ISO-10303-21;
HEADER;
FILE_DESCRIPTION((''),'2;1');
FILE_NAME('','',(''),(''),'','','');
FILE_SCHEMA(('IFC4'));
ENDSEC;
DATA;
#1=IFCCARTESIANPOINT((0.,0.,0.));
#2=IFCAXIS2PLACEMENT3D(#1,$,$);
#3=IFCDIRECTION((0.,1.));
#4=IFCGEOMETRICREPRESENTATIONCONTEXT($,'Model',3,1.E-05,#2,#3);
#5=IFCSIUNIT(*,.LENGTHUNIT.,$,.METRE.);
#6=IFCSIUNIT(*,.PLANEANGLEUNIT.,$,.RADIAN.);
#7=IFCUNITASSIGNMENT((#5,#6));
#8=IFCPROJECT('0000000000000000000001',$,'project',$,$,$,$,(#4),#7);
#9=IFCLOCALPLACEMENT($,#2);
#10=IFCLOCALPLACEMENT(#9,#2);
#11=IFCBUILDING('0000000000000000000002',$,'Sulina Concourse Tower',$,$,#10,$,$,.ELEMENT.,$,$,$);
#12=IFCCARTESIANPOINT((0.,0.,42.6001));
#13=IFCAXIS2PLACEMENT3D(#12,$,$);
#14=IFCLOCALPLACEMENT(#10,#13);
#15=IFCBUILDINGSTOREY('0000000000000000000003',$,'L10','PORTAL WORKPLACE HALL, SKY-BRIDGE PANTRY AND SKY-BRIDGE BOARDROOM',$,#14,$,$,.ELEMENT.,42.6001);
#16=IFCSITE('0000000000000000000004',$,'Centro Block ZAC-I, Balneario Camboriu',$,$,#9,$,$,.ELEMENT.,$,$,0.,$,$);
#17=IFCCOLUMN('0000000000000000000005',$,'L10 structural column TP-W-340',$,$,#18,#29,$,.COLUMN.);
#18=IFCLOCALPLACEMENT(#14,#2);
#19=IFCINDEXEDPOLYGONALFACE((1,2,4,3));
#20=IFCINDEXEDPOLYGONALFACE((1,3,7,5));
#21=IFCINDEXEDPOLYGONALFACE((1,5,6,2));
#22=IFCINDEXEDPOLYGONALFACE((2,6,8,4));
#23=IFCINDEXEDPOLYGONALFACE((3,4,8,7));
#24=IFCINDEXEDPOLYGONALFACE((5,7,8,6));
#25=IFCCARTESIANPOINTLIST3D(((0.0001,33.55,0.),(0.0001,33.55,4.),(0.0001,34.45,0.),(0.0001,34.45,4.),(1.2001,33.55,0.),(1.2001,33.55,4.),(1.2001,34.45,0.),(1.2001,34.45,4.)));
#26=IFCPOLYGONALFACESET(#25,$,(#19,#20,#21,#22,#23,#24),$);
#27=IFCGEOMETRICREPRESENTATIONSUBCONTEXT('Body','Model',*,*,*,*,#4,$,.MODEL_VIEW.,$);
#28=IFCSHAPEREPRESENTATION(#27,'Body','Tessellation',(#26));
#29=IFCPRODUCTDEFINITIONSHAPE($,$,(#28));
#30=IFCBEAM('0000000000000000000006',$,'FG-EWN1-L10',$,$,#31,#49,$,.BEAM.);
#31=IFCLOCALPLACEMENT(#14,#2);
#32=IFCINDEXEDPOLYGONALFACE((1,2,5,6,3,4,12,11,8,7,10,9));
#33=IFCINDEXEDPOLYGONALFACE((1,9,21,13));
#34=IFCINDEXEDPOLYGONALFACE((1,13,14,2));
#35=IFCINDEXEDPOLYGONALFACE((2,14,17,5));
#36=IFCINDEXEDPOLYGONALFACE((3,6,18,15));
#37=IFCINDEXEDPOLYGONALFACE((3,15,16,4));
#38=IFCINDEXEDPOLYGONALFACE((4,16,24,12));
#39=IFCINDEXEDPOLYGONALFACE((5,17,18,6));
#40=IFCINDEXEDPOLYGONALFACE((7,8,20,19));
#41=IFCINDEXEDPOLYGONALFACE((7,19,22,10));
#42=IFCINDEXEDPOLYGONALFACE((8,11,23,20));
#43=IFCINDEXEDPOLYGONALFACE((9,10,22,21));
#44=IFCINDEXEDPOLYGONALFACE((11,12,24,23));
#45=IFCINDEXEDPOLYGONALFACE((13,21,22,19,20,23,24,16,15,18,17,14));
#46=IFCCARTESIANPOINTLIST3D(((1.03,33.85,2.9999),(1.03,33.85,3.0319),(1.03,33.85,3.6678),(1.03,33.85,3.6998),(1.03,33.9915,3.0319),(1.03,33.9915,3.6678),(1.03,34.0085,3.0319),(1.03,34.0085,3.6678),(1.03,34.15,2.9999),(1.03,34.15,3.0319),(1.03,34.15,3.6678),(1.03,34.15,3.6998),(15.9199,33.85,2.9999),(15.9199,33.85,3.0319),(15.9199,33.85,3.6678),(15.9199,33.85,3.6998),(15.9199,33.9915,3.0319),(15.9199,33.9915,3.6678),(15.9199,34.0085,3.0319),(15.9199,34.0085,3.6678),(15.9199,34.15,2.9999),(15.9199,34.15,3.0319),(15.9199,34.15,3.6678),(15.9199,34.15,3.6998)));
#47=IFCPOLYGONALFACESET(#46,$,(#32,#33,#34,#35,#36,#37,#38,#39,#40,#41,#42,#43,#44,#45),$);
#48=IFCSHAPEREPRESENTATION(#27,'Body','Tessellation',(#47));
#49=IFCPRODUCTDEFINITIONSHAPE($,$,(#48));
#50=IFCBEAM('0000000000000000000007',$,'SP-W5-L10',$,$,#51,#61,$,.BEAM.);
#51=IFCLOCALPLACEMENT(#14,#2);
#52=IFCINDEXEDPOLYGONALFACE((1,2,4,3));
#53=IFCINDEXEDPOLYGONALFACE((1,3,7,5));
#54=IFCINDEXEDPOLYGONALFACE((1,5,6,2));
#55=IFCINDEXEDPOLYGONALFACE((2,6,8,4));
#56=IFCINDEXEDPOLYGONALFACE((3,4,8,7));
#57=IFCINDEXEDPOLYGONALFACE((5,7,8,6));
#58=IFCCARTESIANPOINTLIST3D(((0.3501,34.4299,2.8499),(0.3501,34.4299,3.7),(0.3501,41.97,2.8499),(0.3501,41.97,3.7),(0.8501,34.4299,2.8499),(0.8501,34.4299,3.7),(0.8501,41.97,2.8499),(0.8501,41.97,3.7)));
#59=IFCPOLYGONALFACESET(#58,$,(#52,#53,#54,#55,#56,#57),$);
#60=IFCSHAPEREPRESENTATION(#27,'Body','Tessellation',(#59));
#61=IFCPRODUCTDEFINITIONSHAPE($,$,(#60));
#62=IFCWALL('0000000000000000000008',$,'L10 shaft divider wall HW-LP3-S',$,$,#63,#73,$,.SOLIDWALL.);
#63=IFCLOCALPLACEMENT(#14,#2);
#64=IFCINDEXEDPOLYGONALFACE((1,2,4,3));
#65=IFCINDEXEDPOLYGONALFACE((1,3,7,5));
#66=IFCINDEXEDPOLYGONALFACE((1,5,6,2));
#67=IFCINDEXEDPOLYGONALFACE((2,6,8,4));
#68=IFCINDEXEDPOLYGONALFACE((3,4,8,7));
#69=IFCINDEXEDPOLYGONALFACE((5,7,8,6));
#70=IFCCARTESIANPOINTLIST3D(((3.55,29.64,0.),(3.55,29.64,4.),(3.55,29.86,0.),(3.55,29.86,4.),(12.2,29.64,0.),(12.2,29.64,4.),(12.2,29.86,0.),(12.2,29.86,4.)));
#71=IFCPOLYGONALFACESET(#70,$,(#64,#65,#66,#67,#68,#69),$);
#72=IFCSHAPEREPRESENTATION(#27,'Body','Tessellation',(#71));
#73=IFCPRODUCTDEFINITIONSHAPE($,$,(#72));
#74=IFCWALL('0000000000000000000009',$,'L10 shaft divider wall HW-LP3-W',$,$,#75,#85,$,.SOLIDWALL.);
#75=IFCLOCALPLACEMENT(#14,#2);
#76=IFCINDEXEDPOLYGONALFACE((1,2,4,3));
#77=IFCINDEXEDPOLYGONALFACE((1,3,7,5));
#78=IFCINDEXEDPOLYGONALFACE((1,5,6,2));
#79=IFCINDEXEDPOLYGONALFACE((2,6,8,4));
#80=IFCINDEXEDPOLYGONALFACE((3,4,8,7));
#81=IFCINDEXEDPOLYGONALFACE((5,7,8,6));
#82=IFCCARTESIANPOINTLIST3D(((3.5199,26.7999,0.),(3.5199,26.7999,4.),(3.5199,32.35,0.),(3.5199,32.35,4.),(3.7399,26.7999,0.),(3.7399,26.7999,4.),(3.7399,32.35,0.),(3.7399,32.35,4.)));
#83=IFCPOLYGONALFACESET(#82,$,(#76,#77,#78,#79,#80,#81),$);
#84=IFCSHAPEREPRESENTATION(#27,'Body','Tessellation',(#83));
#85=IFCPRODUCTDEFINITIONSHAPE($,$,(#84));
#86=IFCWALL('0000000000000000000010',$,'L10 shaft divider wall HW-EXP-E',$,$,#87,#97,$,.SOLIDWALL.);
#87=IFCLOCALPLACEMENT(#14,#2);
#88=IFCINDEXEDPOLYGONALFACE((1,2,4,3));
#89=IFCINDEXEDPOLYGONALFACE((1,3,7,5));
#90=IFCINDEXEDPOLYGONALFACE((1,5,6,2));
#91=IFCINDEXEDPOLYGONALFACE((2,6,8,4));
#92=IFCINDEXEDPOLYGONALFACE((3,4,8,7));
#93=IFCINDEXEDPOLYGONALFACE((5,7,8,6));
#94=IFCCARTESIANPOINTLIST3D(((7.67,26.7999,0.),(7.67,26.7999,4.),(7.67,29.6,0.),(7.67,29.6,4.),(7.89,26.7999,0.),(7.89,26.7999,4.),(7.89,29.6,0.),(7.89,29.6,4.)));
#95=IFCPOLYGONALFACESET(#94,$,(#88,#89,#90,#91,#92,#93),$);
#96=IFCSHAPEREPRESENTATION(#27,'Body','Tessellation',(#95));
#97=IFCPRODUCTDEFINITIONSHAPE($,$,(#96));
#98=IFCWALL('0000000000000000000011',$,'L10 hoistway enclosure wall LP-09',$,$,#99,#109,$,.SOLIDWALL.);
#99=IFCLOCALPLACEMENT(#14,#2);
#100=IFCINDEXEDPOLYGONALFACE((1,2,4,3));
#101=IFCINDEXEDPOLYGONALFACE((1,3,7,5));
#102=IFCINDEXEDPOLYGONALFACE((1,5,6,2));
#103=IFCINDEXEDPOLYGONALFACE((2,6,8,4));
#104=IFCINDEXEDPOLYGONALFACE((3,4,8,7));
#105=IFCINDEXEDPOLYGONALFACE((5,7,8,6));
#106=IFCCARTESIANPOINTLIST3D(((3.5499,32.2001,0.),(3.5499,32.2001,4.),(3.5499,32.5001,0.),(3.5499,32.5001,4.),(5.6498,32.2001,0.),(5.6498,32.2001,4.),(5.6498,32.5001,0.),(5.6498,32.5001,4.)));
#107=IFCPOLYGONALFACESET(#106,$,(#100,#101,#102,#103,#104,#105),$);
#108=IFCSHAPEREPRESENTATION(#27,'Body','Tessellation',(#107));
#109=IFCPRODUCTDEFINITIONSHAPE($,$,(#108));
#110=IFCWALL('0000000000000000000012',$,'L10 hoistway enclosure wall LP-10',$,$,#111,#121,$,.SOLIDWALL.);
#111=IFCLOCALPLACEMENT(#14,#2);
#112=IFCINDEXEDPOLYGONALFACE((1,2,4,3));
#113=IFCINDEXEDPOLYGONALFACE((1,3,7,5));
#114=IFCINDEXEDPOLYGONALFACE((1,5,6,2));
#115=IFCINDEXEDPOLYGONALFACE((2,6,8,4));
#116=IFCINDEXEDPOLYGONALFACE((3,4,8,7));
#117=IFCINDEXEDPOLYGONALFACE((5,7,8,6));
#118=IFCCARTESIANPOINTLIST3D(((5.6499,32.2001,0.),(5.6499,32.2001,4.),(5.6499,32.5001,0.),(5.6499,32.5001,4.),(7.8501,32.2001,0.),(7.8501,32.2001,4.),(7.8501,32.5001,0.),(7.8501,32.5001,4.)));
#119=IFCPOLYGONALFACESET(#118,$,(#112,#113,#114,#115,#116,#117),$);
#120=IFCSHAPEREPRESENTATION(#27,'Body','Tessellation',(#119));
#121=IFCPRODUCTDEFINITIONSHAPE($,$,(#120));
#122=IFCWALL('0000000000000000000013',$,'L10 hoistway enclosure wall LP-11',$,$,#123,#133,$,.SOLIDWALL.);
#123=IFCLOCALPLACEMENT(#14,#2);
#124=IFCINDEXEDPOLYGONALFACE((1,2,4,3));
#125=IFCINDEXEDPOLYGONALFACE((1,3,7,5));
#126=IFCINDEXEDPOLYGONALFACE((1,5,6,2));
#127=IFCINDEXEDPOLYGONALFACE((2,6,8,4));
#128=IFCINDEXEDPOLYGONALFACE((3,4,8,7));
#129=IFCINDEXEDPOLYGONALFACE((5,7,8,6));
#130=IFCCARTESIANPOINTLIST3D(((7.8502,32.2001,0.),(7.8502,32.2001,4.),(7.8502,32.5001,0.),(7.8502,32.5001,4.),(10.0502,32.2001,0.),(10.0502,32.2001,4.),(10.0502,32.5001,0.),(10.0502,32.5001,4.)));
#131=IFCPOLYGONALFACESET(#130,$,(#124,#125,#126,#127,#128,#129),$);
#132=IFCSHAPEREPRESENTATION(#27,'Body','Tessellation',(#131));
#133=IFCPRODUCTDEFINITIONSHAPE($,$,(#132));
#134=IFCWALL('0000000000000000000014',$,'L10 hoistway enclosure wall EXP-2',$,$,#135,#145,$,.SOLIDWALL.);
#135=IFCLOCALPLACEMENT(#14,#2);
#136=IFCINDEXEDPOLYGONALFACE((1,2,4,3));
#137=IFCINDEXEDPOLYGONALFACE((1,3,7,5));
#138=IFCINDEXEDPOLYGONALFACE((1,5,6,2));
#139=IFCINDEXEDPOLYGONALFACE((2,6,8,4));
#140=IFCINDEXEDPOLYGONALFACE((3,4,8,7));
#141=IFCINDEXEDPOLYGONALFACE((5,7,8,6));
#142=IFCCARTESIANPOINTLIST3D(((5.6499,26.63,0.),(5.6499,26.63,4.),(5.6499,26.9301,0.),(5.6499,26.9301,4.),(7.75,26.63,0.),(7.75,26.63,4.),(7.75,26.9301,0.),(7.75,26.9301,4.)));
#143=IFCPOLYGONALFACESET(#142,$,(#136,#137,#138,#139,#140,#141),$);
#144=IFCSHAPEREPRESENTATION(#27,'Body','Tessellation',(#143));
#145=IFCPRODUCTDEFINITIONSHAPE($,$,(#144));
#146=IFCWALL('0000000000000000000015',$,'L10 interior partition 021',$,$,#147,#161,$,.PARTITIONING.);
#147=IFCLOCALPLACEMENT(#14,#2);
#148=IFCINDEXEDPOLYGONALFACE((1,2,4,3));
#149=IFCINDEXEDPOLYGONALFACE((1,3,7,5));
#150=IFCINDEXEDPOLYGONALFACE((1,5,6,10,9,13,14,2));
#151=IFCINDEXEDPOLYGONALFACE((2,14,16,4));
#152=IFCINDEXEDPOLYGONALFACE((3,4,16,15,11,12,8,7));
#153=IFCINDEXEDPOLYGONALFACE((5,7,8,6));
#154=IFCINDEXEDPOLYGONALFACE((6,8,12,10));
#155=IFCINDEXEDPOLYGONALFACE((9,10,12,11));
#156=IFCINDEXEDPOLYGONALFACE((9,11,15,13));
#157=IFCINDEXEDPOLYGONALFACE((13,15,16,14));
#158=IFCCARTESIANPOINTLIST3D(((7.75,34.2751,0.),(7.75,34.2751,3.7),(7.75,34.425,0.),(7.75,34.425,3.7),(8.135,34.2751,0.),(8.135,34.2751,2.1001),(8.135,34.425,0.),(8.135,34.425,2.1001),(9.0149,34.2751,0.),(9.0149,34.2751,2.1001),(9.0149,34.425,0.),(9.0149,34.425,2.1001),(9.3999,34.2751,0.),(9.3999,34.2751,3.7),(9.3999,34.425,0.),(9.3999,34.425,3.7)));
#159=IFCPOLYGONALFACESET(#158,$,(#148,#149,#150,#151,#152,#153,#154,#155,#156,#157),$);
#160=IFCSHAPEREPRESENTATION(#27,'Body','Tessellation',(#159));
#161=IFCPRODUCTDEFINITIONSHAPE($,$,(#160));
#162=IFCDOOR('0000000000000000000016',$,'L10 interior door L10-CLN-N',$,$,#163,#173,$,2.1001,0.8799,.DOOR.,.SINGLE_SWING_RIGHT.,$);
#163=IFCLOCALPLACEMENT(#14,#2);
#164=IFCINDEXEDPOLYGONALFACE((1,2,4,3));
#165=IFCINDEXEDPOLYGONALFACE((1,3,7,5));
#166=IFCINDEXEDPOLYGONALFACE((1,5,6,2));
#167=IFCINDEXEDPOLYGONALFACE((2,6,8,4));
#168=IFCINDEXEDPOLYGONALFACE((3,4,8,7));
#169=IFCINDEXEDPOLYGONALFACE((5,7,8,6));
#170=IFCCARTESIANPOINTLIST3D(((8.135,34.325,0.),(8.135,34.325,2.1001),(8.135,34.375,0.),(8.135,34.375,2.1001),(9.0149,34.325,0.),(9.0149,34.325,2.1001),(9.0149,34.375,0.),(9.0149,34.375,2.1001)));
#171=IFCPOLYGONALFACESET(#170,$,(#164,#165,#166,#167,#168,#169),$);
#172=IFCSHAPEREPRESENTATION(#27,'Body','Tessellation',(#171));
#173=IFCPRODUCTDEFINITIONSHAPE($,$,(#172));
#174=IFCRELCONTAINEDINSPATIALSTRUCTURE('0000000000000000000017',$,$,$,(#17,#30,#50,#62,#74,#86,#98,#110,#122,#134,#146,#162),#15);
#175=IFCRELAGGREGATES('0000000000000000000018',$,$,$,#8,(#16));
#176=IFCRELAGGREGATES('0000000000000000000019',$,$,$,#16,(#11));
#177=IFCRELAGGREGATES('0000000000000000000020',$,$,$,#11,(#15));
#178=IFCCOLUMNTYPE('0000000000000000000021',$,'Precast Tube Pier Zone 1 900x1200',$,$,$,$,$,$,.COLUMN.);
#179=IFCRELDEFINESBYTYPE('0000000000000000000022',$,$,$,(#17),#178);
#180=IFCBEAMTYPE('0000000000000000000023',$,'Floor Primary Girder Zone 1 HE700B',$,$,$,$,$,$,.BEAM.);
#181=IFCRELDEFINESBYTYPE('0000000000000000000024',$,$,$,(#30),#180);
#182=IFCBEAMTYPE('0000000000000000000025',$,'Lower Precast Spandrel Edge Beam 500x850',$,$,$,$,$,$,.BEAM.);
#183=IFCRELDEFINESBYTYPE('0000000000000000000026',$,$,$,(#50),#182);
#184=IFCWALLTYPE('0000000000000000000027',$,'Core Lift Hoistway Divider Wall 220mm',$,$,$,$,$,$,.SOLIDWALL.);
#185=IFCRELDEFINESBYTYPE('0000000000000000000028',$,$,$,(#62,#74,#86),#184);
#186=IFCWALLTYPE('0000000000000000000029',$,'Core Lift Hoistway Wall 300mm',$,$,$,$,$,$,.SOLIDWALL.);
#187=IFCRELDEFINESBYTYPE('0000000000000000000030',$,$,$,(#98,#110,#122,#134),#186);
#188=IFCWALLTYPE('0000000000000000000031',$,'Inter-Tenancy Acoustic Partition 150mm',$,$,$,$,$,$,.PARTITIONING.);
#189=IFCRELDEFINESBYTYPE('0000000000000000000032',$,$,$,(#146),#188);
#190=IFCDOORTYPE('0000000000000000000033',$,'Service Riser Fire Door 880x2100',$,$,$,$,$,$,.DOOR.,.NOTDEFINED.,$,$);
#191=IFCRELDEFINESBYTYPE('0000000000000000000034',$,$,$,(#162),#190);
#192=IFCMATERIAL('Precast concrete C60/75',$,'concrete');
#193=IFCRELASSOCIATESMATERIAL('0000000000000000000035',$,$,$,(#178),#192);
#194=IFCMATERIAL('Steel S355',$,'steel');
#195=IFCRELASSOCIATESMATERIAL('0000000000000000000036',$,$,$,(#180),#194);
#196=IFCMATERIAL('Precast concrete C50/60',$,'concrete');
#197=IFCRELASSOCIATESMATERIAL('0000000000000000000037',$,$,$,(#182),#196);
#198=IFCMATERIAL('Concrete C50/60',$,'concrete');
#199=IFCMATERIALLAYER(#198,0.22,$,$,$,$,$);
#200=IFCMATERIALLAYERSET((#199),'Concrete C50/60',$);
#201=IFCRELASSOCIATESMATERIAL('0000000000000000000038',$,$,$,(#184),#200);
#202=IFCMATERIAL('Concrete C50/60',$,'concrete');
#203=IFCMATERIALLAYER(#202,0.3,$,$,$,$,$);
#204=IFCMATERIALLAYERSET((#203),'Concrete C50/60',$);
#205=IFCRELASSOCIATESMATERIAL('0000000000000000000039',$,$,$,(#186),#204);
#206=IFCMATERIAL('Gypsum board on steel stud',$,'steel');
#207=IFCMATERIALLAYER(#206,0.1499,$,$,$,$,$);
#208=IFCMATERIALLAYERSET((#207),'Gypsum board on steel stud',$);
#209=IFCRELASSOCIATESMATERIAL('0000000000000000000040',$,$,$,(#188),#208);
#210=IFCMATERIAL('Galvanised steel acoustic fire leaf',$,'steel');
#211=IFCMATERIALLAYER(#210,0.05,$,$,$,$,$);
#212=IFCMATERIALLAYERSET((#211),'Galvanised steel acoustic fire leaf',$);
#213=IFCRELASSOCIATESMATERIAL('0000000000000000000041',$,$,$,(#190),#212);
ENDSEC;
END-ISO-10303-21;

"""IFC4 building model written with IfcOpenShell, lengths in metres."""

from ifc_helpers import new_model, si_unit, direction, frame, frame_2d, origin, origin_2d, place, context, subcontext, project, spatial, rectangle, i_section, extrude, material, layer, layer_set, material_profile, profile_set, type_object, element, fill, save


model = new_model("IFC4")

# Units and contexts
model_context = context("Model", 3, precision=1e-05, world=origin(), true_north=direction((0.0, 1.0)))
body_context = subcontext(model_context, "Body", "Model", "MODEL_VIEW")
ifc_project = project(units=[si_unit("LENGTHUNIT", "METRE"), si_unit("PLANEANGLEUNIT", "RADIAN")], contexts=[model_context])

# Site, building, storey
site_placement = place(None, origin())
site = spatial("IfcSite", under=ifc_project, at=site_placement, Name="Centro Block ZAC-I, Balneario Camboriu", CompositionType="ELEMENT", RefElevation=0.0)
building_placement = place(site_placement, origin())
building = spatial("IfcBuilding", under=site, at=building_placement, Name="Sulina Concourse Tower", CompositionType="ELEMENT")
storey_placement = place(building_placement, frame((0.0, 0.0, 42.6001)))
storey = spatial("IfcBuildingStorey", under=building, at=storey_placement, Name="L10", Description="PORTAL WORKPLACE HALL, SKY-BRIDGE PANTRY AND SKY-BRIDGE BOARDROOM", CompositionType="ELEMENT", Elevation=42.6001)

# Column
ifc_material_1 = material(Name="Precast concrete C60/75", Category="concrete")
ifc_material_profile_1 = material_profile(ifc_material_1, rectangle(XDim=0.8999, YDim=1.2, at=origin_2d()), Name="PC 900x1200")
ifc_profile_set_1 = profile_set([ifc_material_profile_1], Name="Precast concrete C60/75")
column_type = type_object("IfcColumnType", Name="Precast Tube Pier Zone 1 900x1200", PredefinedType="COLUMN", material=ifc_profile_set_1)
column_placement = place(storey_placement, frame((0.6001, 34.0, 0.0), z_axis=(0.0, 0.0, 1.0), x_axis=(0.0, 1.0, 0.0)))
element("IfcColumn", 1, at=column_placement, inside=storey, type_object=column_type, Name="L10 structural column TP-W-340", PredefinedType="COLUMN", context=body_context, shape_type="SweptSolid", body=[
    extrude(rectangle(XDim=0.8999, YDim=1.2, at=origin_2d()), origin(), (0.0, 0.0, 1.0), 4.0),
])

# Beams
ifc_material_2 = material(Name="Steel S355", Category="steel")
ifc_material_profile_2 = material_profile(ifc_material_2, i_section(OverallWidth=0.3, OverallDepth=0.7, WebThickness=0.0171, FlangeThickness=0.032, at=origin_2d()), Name="HE 700 B")
ifc_profile_set_2 = profile_set([ifc_material_profile_2], Name="Steel S355")
beam_type_1 = type_object("IfcBeamType", Name="Floor Primary Girder Zone 1 HE700B", PredefinedType="BEAM", material=ifc_profile_set_2)
beam_1_placement = place(storey_placement, frame((1.03, 34.0, 3.3499), z_axis=(1.0, 0.0, 0.0), x_axis=(0.0, 1.0, 0.0)))
element("IfcBeam", 2, at=beam_1_placement, inside=storey, type_object=beam_type_1, Name="FG-EWN1-L10", PredefinedType="BEAM", context=body_context, shape_type="SweptSolid", body=[
    extrude(i_section(OverallWidth=0.3, OverallDepth=0.7, WebThickness=0.0171, FlangeThickness=0.032, at=origin_2d()), origin(), (0.0, 0.0, 1.0), 14.8899),
])
ifc_material_3 = material(Name="Precast concrete C50/60", Category="concrete")
ifc_material_profile_3 = material_profile(ifc_material_3, rectangle(XDim=0.5, YDim=0.8501, at=origin_2d()), Name="RC 500x850")
ifc_profile_set_3 = profile_set([ifc_material_profile_3], Name="Precast concrete C50/60")
beam_type_2 = type_object("IfcBeamType", Name="Lower Precast Spandrel Edge Beam 500x850", PredefinedType="BEAM", material=ifc_profile_set_3)
beam_2_placement = place(storey_placement, frame((0.6001, 34.4299, 3.2749), z_axis=(0.0, 1.0, 0.0), x_axis=(-1.0, 0.0, 0.0)))
element("IfcBeam", 3, at=beam_2_placement, inside=storey, type_object=beam_type_2, Name="SP-W5-L10", PredefinedType="BEAM", context=body_context, shape_type="SweptSolid", body=[
    extrude(rectangle(XDim=0.5, YDim=0.8501, at=origin_2d()), origin(), (0.0, 0.0, 1.0), 7.54),
])

# Walls
ifc_material_4 = material(Name="Concrete C50/60", Category="concrete")
ifc_layer_1 = layer(ifc_material_4, 0.22)
ifc_layer_set_1 = layer_set([ifc_layer_1], Name="Concrete C50/60")
wall_type_1 = type_object("IfcWallType", Name="Core Lift Hoistway Divider Wall 220mm", PredefinedType="SOLIDWALL", material=ifc_layer_set_1)
wall_1_placement = place(storey_placement, frame((3.55, 29.75, 0.0), z_axis=(0.0, 0.0, 1.0), x_axis=(1.0, 0.0, 0.0)))
element("IfcWall", 4, at=wall_1_placement, inside=storey, type_object=wall_type_1, Name="L10 shaft divider wall HW-LP3-S", PredefinedType="SOLIDWALL", context=body_context, shape_type="SweptSolid", body=[
    extrude(rectangle(XDim=8.6499, YDim=0.22, at=frame_2d((4.325, 0.0))), origin(), (0.0, 0.0, 1.0), 4.0),
])
wall_2_placement = place(storey_placement, frame((3.6299, 26.8, 0.0), z_axis=(0.0, 0.0, 1.0), x_axis=(0.0, 1.0, 0.0)))
element("IfcWall", 5, at=wall_2_placement, inside=storey, type_object=wall_type_1, Name="L10 shaft divider wall HW-LP3-W", PredefinedType="SOLIDWALL", context=body_context, shape_type="SweptSolid", body=[
    extrude(rectangle(XDim=5.55, YDim=0.22, at=frame_2d((2.7749, 0.0))), origin(), (0.0, 0.0, 1.0), 4.0),
])
wall_3_placement = place(storey_placement, frame((7.78, 26.8, 0.0), z_axis=(0.0, 0.0, 1.0), x_axis=(0.0, 1.0, 0.0)))
element("IfcWall", 6, at=wall_3_placement, inside=storey, type_object=wall_type_1, Name="L10 shaft divider wall HW-EXP-E", PredefinedType="SOLIDWALL", context=body_context, shape_type="SweptSolid", body=[
    extrude(rectangle(XDim=2.8, YDim=0.22, at=frame_2d((1.3999, 0.0))), origin(), (0.0, 0.0, 1.0), 4.0),
])
ifc_material_5 = material(Name="Concrete C50/60", Category="concrete")
ifc_layer_2 = layer(ifc_material_5, 0.3)
ifc_layer_set_2 = layer_set([ifc_layer_2], Name="Concrete C50/60")
wall_type_2 = type_object("IfcWallType", Name="Core Lift Hoistway Wall 300mm", PredefinedType="SOLIDWALL", material=ifc_layer_set_2)
wall_4_placement = place(storey_placement, frame((3.55, 32.3501, 0.0), z_axis=(0.0, 0.0, 1.0), x_axis=(1.0, 0.0, 0.0)))
element("IfcWall", 7, at=wall_4_placement, inside=storey, type_object=wall_type_2, Name="L10 hoistway enclosure wall LP-09", PredefinedType="SOLIDWALL", context=body_context, shape_type="SweptSolid", body=[
    extrude(rectangle(XDim=2.0999, YDim=0.3, at=frame_2d((1.0498, 0.0))), origin(), (0.0, 0.0, 1.0), 4.0),
])
wall_5_placement = place(storey_placement, frame((5.6499, 32.3501, 0.0), z_axis=(0.0, 0.0, 1.0), x_axis=(1.0, 0.0, 0.0)))
element("IfcWall", 8, at=wall_5_placement, inside=storey, type_object=wall_type_2, Name="L10 hoistway enclosure wall LP-10", PredefinedType="SOLIDWALL", context=body_context, shape_type="SweptSolid", body=[
    extrude(rectangle(XDim=2.2002, YDim=0.3, at=frame_2d((1.1001, 0.0))), origin(), (0.0, 0.0, 1.0), 4.0),
])
wall_6_placement = place(storey_placement, frame((7.8501, 32.3501, 0.0), z_axis=(0.0, 0.0, 1.0), x_axis=(1.0, 0.0, 0.0)))
element("IfcWall", 9, at=wall_6_placement, inside=storey, type_object=wall_type_2, Name="L10 hoistway enclosure wall LP-11", PredefinedType="SOLIDWALL", context=body_context, shape_type="SweptSolid", body=[
    extrude(rectangle(XDim=2.2, YDim=0.3, at=frame_2d((1.1001, 0.0))), origin(), (0.0, 0.0, 1.0), 4.0),
])
wall_7_placement = place(storey_placement, frame((7.75, 26.78, 0.0), z_axis=(0.0, 0.0, 1.0), x_axis=(-1.0, 0.0, 0.0)))
element("IfcWall", 10, at=wall_7_placement, inside=storey, type_object=wall_type_2, Name="L10 hoistway enclosure wall EXP-2", PredefinedType="SOLIDWALL", context=body_context, shape_type="SweptSolid", body=[
    extrude(rectangle(XDim=2.1001, YDim=0.3, at=frame_2d((1.05, 0.0))), origin(), (0.0, 0.0, 1.0), 4.0),
])

# Wall, opening, door
ifc_material_6 = material(Name="Gypsum board on steel stud", Category="steel")
ifc_layer_3 = layer(ifc_material_6, 0.1499)
ifc_layer_set_3 = layer_set([ifc_layer_3], Name="Gypsum board on steel stud")
wall_type_3 = type_object("IfcWallType", Name="Inter-Tenancy Acoustic Partition 150mm", PredefinedType="PARTITIONING", material=ifc_layer_set_3)
wall_8_placement = place(storey_placement, frame((7.75, 34.3501, 0.0), z_axis=(0.0, 0.0, 1.0), x_axis=(1.0, 0.0, 0.0)))
wall_8 = element("IfcWall", 11, at=wall_8_placement, inside=storey, type_object=wall_type_3, Name="L10 interior partition 021", PredefinedType="PARTITIONING", context=body_context, shape_type="SweptSolid", body=[
    extrude(rectangle(XDim=1.6499, YDim=0.1499, at=frame_2d((0.825, 0.0))), origin(), (0.0, 0.0, 1.0), 3.7),
])
opening_1_placement = place(wall_8_placement, frame((0.385, 0.0, 0.0)))
opening_1 = element("IfcOpeningElement", 12, at=opening_1_placement, cuts=wall_8, PredefinedType="OPENING", context=body_context, shape_type="SweptSolid", body=[
    extrude(rectangle(XDim=0.8799, YDim=2.1001, at=frame_2d((0.4399, 1.05))), frame((0.0, 0.085, 0.0), z_axis=(0.0, -1.0, 0.0), x_axis=(1.0, 0.0, 0.0)), (0.0, 0.0, 1.0), 0.1699),
])
ifc_material_7 = material(Name="Galvanised steel acoustic fire leaf", Category="steel")
ifc_layer_4 = layer(ifc_material_7, 0.05)
ifc_layer_set_4 = layer_set([ifc_layer_4], Name="Galvanised steel acoustic fire leaf")
door_type_1 = type_object("IfcDoorType", Name="Service Riser Fire Door 880x2100", OperationType="NOTDEFINED", PredefinedType="DOOR", material=ifc_layer_set_4)
door_1_placement = place(opening_1_placement, origin())
door_1 = element("IfcDoor", 13, at=door_1_placement, inside=storey, type_object=door_type_1, Name="L10 interior door L10-CLN-N", OperationType="SINGLE_SWING_RIGHT", OverallHeight=2.1001, OverallWidth=0.8799, PredefinedType="DOOR", context=body_context, shape_type="SweptSolid", body=[
    extrude(rectangle(XDim=0.8799, YDim=2.1001, at=frame_2d((0.4399, 1.05))), frame((0.0, 0.0249, 0.0), z_axis=(0.0, -1.0, 0.0), x_axis=(1.0, 0.0, 0.0)), (0.0, 0.0, 1.0), 0.05),
])
fill(opening_1, door_1)

save(model, "model.ifc")
